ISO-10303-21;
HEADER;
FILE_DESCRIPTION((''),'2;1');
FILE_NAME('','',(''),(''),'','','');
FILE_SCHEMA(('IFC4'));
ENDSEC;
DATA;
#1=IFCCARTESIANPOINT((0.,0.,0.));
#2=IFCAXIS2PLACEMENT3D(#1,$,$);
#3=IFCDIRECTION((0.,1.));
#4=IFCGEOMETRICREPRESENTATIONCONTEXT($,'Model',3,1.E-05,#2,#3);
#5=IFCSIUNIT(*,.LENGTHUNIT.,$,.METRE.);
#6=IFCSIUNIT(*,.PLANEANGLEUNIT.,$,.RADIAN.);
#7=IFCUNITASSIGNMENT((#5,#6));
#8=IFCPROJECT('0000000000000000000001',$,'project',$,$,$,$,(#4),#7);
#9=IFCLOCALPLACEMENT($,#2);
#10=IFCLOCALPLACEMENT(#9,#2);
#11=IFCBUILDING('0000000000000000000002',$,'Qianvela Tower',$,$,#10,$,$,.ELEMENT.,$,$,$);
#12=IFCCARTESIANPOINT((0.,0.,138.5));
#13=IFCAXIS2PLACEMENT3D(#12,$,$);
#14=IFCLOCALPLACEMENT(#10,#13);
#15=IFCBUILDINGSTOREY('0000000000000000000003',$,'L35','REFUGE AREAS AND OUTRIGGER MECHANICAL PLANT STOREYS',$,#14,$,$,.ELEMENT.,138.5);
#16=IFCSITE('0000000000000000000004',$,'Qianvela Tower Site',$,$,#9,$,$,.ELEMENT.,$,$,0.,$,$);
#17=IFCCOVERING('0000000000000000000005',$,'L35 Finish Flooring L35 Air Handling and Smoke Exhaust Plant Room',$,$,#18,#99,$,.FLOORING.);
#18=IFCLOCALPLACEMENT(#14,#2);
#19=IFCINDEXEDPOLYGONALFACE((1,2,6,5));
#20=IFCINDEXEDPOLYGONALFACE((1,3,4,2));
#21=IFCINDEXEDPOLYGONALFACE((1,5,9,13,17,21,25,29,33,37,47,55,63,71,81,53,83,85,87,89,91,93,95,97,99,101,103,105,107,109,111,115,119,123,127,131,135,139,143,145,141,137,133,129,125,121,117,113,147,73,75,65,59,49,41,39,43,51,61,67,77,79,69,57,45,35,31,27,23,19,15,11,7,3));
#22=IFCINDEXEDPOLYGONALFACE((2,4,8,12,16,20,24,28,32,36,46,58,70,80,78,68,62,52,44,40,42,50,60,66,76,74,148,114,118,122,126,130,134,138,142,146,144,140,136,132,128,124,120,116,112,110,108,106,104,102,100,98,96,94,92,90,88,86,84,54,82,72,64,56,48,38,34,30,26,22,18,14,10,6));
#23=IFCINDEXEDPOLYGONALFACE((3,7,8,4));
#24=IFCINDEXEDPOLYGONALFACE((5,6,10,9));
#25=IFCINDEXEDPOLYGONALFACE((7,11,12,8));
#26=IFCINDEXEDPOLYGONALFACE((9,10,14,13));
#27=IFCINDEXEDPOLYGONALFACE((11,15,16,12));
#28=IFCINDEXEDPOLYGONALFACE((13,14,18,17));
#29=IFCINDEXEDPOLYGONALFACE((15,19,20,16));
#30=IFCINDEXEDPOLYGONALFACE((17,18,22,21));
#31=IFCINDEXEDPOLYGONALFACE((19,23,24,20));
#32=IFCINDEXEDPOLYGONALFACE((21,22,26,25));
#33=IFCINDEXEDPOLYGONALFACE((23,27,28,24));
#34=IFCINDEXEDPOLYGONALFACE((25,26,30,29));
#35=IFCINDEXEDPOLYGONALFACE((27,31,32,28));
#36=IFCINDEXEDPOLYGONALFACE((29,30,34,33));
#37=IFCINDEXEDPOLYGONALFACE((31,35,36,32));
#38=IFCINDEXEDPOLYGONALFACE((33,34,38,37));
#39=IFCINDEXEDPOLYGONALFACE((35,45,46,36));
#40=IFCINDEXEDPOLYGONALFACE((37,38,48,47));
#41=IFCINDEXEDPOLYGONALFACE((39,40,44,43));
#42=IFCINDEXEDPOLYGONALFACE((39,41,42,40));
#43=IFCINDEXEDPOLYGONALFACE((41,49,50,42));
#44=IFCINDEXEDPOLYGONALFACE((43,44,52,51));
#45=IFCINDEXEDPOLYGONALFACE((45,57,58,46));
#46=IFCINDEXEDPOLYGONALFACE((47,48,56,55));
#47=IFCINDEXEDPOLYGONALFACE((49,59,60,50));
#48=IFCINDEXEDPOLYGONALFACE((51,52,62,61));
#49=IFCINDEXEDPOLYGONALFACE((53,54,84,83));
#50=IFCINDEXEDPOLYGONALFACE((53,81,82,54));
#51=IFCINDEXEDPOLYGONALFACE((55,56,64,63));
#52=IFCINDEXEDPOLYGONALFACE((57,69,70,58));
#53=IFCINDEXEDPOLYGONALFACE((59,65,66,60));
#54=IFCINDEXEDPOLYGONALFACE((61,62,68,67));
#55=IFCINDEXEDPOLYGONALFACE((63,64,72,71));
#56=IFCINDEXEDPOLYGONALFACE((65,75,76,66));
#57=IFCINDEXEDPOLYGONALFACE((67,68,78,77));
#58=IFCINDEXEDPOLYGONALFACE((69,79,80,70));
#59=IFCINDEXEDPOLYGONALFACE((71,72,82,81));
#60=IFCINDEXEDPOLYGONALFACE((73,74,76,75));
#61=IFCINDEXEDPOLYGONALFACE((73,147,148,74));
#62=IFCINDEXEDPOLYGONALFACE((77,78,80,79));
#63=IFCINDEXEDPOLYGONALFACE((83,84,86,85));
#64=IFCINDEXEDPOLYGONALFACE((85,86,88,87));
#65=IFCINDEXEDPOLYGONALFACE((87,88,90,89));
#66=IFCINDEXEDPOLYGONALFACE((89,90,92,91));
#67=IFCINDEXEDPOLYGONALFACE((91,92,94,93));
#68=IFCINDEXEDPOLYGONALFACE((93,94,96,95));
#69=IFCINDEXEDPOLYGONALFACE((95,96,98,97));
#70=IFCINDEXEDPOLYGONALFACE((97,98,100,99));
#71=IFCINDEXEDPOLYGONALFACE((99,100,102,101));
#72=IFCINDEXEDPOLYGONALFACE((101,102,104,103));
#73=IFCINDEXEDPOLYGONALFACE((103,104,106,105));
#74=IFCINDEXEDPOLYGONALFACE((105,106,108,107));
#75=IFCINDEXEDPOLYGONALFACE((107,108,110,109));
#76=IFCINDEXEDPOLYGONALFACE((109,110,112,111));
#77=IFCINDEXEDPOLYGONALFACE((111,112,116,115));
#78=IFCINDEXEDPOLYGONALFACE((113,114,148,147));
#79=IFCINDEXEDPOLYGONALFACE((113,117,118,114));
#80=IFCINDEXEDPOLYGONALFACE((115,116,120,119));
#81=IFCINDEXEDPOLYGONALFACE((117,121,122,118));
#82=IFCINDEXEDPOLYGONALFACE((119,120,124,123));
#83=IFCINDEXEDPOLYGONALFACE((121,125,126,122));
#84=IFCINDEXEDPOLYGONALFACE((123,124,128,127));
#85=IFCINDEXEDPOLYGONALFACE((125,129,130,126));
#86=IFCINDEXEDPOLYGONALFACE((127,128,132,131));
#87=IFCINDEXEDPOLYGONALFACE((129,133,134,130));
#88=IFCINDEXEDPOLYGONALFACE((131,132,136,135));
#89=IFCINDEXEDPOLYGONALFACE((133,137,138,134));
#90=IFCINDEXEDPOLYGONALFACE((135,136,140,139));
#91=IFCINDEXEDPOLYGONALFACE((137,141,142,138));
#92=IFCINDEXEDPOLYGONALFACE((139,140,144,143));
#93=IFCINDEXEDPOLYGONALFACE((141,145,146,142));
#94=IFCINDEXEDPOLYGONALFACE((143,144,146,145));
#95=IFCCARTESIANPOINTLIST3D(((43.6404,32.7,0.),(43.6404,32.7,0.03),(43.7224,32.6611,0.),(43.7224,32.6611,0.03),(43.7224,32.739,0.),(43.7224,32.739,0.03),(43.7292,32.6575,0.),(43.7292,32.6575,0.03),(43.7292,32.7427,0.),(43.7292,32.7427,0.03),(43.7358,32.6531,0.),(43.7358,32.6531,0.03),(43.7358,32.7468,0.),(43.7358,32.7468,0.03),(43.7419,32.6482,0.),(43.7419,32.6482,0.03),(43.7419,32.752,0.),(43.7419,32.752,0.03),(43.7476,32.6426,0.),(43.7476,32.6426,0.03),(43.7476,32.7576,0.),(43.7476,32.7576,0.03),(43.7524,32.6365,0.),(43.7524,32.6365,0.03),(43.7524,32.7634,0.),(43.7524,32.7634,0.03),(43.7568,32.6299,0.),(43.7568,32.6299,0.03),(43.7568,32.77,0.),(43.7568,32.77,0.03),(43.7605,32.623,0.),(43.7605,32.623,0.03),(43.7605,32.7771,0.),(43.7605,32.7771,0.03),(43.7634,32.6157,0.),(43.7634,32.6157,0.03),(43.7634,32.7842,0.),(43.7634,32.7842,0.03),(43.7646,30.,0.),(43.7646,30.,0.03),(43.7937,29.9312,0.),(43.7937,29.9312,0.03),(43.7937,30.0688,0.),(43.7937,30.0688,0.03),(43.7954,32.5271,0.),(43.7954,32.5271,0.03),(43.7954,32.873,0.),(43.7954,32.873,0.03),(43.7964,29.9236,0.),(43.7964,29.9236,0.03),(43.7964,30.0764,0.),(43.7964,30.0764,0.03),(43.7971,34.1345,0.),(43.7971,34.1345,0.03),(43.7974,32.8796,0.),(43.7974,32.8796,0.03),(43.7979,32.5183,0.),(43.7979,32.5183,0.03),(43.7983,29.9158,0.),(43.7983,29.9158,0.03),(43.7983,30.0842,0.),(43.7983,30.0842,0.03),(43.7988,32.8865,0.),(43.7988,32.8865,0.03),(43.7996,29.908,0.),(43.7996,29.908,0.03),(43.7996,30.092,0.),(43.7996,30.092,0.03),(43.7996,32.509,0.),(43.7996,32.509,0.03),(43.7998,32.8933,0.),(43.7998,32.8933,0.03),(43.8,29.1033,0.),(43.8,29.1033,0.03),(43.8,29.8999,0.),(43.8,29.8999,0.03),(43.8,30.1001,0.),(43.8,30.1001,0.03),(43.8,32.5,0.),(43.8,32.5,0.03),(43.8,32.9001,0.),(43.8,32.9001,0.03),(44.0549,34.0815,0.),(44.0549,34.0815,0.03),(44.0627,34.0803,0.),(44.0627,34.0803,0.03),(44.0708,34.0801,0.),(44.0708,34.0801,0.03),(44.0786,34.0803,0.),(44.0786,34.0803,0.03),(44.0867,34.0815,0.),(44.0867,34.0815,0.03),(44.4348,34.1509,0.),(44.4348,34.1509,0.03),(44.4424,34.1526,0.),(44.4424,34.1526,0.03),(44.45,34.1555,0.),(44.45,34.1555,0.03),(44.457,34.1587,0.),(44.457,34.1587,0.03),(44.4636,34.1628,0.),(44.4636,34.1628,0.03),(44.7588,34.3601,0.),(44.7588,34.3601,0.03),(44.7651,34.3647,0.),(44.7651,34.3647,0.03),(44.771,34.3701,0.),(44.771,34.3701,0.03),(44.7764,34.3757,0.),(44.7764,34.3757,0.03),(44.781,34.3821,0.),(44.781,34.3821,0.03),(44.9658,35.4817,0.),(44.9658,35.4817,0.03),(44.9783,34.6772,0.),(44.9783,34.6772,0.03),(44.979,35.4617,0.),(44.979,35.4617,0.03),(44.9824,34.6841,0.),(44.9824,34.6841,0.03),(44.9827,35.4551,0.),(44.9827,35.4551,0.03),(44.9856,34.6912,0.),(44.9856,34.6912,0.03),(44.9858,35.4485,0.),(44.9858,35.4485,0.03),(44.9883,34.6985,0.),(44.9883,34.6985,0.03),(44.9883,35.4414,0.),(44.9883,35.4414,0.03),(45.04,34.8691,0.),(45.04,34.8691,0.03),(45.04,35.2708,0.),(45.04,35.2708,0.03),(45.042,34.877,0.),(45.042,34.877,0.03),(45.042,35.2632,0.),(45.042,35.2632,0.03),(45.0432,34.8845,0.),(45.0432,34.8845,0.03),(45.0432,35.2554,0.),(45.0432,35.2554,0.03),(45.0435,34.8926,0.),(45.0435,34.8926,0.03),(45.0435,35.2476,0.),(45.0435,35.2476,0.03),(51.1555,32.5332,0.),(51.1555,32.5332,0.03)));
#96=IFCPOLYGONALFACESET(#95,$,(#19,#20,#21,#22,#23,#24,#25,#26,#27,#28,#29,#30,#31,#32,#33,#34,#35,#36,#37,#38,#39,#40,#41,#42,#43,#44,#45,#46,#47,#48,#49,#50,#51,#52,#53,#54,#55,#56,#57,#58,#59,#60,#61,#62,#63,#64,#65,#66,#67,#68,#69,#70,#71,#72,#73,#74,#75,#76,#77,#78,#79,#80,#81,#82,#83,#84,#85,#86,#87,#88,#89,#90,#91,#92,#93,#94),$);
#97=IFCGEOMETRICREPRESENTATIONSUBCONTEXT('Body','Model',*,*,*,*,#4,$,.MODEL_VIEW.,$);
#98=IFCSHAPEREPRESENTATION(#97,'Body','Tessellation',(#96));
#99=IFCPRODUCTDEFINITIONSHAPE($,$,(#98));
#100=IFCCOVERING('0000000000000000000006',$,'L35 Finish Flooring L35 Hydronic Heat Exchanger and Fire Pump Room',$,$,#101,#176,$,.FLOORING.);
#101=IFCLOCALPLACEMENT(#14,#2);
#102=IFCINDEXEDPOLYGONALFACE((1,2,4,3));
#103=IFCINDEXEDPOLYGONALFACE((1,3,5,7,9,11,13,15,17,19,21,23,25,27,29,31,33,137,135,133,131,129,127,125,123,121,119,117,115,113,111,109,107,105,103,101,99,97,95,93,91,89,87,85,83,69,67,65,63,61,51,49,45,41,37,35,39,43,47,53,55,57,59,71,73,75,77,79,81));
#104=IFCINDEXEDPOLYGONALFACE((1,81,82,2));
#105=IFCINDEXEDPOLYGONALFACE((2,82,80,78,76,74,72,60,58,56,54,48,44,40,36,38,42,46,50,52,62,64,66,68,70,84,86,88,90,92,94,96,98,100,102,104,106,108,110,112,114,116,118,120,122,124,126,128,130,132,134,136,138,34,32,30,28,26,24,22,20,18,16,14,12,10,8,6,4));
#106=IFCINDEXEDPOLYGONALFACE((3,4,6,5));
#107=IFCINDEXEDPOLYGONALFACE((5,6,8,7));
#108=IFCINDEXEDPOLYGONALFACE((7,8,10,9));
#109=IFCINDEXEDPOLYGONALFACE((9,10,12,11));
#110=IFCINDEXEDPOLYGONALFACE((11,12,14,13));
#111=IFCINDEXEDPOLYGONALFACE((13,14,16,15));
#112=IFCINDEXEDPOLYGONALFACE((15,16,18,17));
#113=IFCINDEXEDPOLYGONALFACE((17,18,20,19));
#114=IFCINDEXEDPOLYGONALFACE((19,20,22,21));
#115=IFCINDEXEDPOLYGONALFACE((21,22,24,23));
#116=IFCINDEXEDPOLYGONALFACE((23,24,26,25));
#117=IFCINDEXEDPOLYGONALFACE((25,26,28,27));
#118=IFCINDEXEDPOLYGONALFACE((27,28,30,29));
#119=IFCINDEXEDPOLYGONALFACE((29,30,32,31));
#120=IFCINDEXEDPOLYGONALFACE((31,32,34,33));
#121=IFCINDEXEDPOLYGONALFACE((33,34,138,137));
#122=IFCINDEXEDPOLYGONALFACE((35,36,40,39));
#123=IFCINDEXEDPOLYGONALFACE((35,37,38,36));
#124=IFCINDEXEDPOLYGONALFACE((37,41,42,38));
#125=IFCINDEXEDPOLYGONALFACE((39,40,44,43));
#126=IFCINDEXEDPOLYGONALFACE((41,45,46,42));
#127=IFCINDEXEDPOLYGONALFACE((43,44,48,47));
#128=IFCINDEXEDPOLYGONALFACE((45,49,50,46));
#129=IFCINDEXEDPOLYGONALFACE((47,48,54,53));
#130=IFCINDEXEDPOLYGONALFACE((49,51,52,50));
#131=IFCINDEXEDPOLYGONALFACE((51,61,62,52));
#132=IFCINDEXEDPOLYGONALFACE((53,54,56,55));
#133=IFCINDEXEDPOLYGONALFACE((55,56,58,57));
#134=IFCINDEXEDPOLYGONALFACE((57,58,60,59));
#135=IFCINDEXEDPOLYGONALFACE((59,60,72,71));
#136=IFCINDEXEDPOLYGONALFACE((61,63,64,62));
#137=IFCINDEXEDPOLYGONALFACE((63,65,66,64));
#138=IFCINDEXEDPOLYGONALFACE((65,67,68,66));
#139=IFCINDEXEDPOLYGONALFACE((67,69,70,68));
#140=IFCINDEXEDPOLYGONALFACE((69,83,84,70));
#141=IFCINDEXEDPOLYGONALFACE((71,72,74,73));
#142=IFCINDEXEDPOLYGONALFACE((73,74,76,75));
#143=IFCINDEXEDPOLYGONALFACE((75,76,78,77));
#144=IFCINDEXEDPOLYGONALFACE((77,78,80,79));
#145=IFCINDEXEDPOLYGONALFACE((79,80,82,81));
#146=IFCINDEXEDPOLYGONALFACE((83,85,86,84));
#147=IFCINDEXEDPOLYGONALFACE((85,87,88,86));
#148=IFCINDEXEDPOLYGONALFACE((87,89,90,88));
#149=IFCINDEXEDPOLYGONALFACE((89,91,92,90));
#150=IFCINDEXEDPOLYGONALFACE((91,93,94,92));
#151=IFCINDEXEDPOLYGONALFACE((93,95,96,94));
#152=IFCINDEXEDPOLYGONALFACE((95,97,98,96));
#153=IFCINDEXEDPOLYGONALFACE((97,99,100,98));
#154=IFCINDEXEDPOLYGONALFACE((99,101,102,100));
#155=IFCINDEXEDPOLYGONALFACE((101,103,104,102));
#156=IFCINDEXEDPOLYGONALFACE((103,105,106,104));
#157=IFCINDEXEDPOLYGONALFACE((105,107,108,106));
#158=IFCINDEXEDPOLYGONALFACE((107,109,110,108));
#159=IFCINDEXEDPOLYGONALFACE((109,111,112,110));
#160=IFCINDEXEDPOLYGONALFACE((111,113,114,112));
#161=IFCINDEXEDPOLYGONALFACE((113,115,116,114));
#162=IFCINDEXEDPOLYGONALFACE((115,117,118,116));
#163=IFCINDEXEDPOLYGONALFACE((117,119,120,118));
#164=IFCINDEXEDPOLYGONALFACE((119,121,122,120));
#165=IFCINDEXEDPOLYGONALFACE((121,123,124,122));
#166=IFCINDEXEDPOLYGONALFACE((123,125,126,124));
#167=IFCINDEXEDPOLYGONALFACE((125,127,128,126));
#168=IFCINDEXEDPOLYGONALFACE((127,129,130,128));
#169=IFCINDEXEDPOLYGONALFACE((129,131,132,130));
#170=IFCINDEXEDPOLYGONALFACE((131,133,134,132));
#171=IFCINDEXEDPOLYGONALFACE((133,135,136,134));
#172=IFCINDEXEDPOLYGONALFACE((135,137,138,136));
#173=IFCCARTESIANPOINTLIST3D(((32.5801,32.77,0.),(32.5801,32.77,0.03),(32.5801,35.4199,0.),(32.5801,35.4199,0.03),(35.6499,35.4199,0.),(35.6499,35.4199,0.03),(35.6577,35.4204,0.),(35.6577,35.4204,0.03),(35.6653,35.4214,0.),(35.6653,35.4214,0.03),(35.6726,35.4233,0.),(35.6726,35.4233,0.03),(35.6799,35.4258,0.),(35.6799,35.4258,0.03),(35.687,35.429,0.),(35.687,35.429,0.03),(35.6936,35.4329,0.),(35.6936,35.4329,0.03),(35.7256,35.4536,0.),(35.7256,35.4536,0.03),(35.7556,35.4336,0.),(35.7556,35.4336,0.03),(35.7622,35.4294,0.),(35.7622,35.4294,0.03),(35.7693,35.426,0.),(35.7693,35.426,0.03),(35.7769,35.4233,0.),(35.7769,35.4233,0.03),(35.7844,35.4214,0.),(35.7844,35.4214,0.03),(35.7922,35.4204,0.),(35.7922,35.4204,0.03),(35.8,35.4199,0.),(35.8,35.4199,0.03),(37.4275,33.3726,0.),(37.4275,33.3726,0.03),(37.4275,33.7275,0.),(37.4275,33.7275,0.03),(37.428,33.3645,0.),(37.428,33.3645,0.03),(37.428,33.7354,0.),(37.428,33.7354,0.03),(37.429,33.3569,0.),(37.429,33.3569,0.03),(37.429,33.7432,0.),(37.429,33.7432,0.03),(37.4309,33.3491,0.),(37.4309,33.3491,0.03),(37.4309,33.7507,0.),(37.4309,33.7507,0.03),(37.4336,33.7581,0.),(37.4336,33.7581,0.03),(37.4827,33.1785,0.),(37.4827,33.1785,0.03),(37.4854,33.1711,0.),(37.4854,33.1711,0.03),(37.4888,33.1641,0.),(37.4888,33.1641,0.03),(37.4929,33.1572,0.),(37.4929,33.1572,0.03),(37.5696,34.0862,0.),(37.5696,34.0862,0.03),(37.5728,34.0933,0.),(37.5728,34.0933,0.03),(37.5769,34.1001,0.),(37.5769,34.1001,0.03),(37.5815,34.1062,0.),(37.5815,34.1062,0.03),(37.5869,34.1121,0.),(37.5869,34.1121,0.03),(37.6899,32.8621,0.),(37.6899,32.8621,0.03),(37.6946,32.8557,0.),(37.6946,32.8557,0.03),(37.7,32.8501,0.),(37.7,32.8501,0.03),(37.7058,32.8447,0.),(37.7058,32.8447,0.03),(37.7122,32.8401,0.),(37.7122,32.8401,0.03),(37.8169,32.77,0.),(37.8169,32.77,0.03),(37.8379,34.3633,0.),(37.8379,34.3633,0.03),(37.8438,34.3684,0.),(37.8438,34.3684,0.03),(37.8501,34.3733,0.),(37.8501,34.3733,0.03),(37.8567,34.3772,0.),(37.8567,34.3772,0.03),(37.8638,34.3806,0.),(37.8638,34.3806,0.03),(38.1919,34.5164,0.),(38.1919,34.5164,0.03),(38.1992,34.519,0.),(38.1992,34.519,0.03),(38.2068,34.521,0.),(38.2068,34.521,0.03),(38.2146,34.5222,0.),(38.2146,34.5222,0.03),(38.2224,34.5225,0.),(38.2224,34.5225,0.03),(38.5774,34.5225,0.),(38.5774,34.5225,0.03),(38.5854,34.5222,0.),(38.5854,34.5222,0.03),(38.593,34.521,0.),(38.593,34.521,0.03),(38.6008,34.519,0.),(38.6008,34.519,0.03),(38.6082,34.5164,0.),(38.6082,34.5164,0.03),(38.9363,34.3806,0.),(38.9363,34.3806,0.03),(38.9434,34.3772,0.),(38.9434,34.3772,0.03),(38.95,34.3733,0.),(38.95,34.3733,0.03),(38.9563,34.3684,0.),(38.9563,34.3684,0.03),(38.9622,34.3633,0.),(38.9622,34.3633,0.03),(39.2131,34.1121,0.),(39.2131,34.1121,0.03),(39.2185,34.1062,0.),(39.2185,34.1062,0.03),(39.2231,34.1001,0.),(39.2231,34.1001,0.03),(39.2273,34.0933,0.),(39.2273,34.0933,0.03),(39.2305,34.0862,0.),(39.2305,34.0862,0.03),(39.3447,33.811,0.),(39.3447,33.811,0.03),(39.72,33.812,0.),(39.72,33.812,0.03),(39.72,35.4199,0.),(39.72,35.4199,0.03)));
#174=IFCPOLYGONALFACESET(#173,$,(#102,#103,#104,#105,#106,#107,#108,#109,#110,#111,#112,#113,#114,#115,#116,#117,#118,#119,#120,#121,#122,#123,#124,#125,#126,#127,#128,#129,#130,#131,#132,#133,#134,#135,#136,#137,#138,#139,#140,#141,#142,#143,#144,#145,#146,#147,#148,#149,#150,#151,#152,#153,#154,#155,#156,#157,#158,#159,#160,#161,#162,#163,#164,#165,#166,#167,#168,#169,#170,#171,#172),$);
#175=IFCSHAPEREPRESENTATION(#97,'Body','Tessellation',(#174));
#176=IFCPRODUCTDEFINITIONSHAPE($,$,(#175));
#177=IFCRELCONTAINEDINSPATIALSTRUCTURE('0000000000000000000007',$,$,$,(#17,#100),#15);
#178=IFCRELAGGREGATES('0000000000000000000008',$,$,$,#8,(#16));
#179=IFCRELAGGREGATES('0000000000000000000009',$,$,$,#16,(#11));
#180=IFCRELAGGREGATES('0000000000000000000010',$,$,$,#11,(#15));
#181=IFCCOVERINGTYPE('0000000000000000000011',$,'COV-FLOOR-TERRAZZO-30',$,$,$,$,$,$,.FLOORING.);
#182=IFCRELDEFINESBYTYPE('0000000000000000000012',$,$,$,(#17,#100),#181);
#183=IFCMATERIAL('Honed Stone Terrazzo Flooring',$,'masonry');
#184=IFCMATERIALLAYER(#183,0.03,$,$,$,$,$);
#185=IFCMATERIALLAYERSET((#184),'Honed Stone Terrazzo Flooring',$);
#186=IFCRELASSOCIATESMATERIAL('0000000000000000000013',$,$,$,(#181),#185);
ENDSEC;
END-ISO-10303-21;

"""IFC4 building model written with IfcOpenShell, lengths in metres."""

from ifc_helpers import new_model, si_unit, direction, frame, origin, place, context, subcontext, project, spatial, polyline, outline, extrude, material, layer, layer_set, type_object, element, save


model = new_model("IFC4")

# Units and contexts
model_context = context("Model", 3, precision=1e-05, world=origin(), true_north=direction((0.0, 1.0)))
body_context = subcontext(model_context, "Body", "Model", "MODEL_VIEW")
ifc_project = project(units=[si_unit("LENGTHUNIT", "METRE"), si_unit("PLANEANGLEUNIT", "RADIAN")], contexts=[model_context])

# Site, building, storey
site_placement = place(None, origin())
site = spatial("IfcSite", under=ifc_project, at=site_placement, Name="Qianvela Tower Site", CompositionType="ELEMENT", RefElevation=0.0)
building_placement = place(site_placement, origin())
building = spatial("IfcBuilding", under=site, at=building_placement, Name="Qianvela Tower", CompositionType="ELEMENT")
storey_placement = place(building_placement, frame((0.0, 0.0, 138.5)))
storey = spatial("IfcBuildingStorey", under=building, at=storey_placement, Name="L35", Description="REFUGE AREAS AND OUTRIGGER MECHANICAL PLANT STOREYS", CompositionType="ELEMENT", Elevation=138.5)

# Coverings
ifc_material_1 = material(Name="Honed Stone Terrazzo Flooring", Category="masonry")
ifc_layer_1 = layer(ifc_material_1, 0.03)
ifc_layer_set_1 = layer_set([ifc_layer_1], Name="Honed Stone Terrazzo Flooring")
covering_type_1 = type_object("IfcCoveringType", Name="COV-FLOOR-TERRAZZO-30", PredefinedType="FLOORING", material=ifc_layer_set_1)
covering_1_placement = place(storey_placement, origin())
element("IfcCovering", 1, at=covering_1_placement, inside=storey, type_object=covering_type_1, Name="L35 Finish Flooring L35 Air Handling and Smoke Exhaust Plant Room", PredefinedType="FLOORING", context=body_context, shape_type="SweptSolid", body=[
    extrude(outline(polyline([(43.6404, 32.7), (43.7224, 32.739), (43.7292, 32.7427), (43.7358, 32.7468), (43.7419, 32.752), (43.7476, 32.7576), (43.7524, 32.7634), (43.7568, 32.77), (43.7605, 32.7771), (43.7634, 32.7842), (43.7954, 32.873), (43.7974, 32.8796), (43.7988, 32.8865), (43.7998, 32.8933), (43.8, 32.9001), (43.7971, 34.1345), (44.0549, 34.0815), (44.0627, 34.0803), (44.0708, 34.0801), (44.0786, 34.0803), (44.0867, 34.0815), (44.4348, 34.1509), (44.4424, 34.1526), (44.45, 34.1555), (44.457, 34.1587), (44.4636, 34.1628), (44.7588, 34.3601), (44.7651, 34.3647), (44.771, 34.3701), (44.7764, 34.3757), (44.781, 34.3821), (44.9783, 34.6772), (44.9824, 34.6841), (44.9856, 34.6912), (44.9883, 34.6985), (45.04, 34.8691), (45.042, 34.877), (45.0432, 34.8845), (45.0435, 34.8926), (45.0435, 35.2476), (45.0432, 35.2554), (45.042, 35.2632), (45.04, 35.2708), (44.9883, 35.4414), (44.9858, 35.4485), (44.9827, 35.4551), (44.979, 35.4617), (44.9658, 35.4817), (51.1555, 32.5332), (43.8, 29.1033), (43.8, 29.8999), (43.7996, 29.908), (43.7983, 29.9158), (43.7964, 29.9236), (43.7937, 29.9312), (43.7646, 30.0), (43.7937, 30.0688), (43.7964, 30.0764), (43.7983, 30.0842), (43.7996, 30.092), (43.8, 30.1001), (43.8, 32.5), (43.7996, 32.509), (43.7979, 32.5183), (43.7954, 32.5271), (43.7634, 32.6157), (43.7605, 32.623), (43.7568, 32.6299), (43.7524, 32.6365), (43.7476, 32.6426), (43.7419, 32.6482), (43.7358, 32.6531), (43.7292, 32.6575), (43.7224, 32.6611), (43.6404, 32.7)])), origin(), (0.0, 0.0, 1.0), 0.03),
])
covering_2_placement = place(storey_placement, origin())
element("IfcCovering", 2, at=covering_2_placement, inside=storey, type_object=covering_type_1, Name="L35 Finish Flooring L35 Hydronic Heat Exchanger and Fire Pump Room", PredefinedType="FLOORING", context=body_context, shape_type="SweptSolid", body=[
    extrude(outline(polyline([(37.8169, 32.77), (32.5801, 32.77), (32.5801, 35.4199), (35.6499, 35.4199), (35.6577, 35.4204), (35.6653, 35.4214), (35.6726, 35.4233), (35.6799, 35.4258), (35.687, 35.429), (35.6936, 35.4329), (35.7256, 35.4536), (35.7556, 35.4336), (35.7622, 35.4294), (35.7693, 35.426), (35.7769, 35.4233), (35.7844, 35.4214), (35.7922, 35.4204), (35.8, 35.4199), (39.72, 35.4199), (39.72, 33.812), (39.3447, 33.811), (39.2305, 34.0862), (39.2273, 34.0933), (39.2231, 34.1001), (39.2185, 34.1062), (39.2131, 34.1121), (38.9622, 34.3633), (38.9563, 34.3684), (38.95, 34.3733), (38.9434, 34.3772), (38.9363, 34.3806), (38.6082, 34.5164), (38.6008, 34.519), (38.593, 34.521), (38.5854, 34.5222), (38.5774, 34.5225), (38.2224, 34.5225), (38.2146, 34.5222), (38.2068, 34.521), (38.1992, 34.519), (38.1919, 34.5164), (37.8638, 34.3806), (37.8567, 34.3772), (37.8501, 34.3733), (37.8438, 34.3684), (37.8379, 34.3633), (37.5869, 34.1121), (37.5815, 34.1062), (37.5769, 34.1001), (37.5728, 34.0933), (37.5696, 34.0862), (37.4336, 33.7581), (37.4309, 33.7507), (37.429, 33.7432), (37.428, 33.7354), (37.4275, 33.7275), (37.4275, 33.3726), (37.428, 33.3645), (37.429, 33.3569), (37.4309, 33.3491), (37.4827, 33.1785), (37.4854, 33.1711), (37.4888, 33.1641), (37.4929, 33.1572), (37.6899, 32.8621), (37.6946, 32.8557), (37.7, 32.8501), (37.7058, 32.8447), (37.7122, 32.8401), (37.8169, 32.77)])), origin(), (0.0, 0.0, 1.0), 0.03),
])

save(model, "model.ifc")
